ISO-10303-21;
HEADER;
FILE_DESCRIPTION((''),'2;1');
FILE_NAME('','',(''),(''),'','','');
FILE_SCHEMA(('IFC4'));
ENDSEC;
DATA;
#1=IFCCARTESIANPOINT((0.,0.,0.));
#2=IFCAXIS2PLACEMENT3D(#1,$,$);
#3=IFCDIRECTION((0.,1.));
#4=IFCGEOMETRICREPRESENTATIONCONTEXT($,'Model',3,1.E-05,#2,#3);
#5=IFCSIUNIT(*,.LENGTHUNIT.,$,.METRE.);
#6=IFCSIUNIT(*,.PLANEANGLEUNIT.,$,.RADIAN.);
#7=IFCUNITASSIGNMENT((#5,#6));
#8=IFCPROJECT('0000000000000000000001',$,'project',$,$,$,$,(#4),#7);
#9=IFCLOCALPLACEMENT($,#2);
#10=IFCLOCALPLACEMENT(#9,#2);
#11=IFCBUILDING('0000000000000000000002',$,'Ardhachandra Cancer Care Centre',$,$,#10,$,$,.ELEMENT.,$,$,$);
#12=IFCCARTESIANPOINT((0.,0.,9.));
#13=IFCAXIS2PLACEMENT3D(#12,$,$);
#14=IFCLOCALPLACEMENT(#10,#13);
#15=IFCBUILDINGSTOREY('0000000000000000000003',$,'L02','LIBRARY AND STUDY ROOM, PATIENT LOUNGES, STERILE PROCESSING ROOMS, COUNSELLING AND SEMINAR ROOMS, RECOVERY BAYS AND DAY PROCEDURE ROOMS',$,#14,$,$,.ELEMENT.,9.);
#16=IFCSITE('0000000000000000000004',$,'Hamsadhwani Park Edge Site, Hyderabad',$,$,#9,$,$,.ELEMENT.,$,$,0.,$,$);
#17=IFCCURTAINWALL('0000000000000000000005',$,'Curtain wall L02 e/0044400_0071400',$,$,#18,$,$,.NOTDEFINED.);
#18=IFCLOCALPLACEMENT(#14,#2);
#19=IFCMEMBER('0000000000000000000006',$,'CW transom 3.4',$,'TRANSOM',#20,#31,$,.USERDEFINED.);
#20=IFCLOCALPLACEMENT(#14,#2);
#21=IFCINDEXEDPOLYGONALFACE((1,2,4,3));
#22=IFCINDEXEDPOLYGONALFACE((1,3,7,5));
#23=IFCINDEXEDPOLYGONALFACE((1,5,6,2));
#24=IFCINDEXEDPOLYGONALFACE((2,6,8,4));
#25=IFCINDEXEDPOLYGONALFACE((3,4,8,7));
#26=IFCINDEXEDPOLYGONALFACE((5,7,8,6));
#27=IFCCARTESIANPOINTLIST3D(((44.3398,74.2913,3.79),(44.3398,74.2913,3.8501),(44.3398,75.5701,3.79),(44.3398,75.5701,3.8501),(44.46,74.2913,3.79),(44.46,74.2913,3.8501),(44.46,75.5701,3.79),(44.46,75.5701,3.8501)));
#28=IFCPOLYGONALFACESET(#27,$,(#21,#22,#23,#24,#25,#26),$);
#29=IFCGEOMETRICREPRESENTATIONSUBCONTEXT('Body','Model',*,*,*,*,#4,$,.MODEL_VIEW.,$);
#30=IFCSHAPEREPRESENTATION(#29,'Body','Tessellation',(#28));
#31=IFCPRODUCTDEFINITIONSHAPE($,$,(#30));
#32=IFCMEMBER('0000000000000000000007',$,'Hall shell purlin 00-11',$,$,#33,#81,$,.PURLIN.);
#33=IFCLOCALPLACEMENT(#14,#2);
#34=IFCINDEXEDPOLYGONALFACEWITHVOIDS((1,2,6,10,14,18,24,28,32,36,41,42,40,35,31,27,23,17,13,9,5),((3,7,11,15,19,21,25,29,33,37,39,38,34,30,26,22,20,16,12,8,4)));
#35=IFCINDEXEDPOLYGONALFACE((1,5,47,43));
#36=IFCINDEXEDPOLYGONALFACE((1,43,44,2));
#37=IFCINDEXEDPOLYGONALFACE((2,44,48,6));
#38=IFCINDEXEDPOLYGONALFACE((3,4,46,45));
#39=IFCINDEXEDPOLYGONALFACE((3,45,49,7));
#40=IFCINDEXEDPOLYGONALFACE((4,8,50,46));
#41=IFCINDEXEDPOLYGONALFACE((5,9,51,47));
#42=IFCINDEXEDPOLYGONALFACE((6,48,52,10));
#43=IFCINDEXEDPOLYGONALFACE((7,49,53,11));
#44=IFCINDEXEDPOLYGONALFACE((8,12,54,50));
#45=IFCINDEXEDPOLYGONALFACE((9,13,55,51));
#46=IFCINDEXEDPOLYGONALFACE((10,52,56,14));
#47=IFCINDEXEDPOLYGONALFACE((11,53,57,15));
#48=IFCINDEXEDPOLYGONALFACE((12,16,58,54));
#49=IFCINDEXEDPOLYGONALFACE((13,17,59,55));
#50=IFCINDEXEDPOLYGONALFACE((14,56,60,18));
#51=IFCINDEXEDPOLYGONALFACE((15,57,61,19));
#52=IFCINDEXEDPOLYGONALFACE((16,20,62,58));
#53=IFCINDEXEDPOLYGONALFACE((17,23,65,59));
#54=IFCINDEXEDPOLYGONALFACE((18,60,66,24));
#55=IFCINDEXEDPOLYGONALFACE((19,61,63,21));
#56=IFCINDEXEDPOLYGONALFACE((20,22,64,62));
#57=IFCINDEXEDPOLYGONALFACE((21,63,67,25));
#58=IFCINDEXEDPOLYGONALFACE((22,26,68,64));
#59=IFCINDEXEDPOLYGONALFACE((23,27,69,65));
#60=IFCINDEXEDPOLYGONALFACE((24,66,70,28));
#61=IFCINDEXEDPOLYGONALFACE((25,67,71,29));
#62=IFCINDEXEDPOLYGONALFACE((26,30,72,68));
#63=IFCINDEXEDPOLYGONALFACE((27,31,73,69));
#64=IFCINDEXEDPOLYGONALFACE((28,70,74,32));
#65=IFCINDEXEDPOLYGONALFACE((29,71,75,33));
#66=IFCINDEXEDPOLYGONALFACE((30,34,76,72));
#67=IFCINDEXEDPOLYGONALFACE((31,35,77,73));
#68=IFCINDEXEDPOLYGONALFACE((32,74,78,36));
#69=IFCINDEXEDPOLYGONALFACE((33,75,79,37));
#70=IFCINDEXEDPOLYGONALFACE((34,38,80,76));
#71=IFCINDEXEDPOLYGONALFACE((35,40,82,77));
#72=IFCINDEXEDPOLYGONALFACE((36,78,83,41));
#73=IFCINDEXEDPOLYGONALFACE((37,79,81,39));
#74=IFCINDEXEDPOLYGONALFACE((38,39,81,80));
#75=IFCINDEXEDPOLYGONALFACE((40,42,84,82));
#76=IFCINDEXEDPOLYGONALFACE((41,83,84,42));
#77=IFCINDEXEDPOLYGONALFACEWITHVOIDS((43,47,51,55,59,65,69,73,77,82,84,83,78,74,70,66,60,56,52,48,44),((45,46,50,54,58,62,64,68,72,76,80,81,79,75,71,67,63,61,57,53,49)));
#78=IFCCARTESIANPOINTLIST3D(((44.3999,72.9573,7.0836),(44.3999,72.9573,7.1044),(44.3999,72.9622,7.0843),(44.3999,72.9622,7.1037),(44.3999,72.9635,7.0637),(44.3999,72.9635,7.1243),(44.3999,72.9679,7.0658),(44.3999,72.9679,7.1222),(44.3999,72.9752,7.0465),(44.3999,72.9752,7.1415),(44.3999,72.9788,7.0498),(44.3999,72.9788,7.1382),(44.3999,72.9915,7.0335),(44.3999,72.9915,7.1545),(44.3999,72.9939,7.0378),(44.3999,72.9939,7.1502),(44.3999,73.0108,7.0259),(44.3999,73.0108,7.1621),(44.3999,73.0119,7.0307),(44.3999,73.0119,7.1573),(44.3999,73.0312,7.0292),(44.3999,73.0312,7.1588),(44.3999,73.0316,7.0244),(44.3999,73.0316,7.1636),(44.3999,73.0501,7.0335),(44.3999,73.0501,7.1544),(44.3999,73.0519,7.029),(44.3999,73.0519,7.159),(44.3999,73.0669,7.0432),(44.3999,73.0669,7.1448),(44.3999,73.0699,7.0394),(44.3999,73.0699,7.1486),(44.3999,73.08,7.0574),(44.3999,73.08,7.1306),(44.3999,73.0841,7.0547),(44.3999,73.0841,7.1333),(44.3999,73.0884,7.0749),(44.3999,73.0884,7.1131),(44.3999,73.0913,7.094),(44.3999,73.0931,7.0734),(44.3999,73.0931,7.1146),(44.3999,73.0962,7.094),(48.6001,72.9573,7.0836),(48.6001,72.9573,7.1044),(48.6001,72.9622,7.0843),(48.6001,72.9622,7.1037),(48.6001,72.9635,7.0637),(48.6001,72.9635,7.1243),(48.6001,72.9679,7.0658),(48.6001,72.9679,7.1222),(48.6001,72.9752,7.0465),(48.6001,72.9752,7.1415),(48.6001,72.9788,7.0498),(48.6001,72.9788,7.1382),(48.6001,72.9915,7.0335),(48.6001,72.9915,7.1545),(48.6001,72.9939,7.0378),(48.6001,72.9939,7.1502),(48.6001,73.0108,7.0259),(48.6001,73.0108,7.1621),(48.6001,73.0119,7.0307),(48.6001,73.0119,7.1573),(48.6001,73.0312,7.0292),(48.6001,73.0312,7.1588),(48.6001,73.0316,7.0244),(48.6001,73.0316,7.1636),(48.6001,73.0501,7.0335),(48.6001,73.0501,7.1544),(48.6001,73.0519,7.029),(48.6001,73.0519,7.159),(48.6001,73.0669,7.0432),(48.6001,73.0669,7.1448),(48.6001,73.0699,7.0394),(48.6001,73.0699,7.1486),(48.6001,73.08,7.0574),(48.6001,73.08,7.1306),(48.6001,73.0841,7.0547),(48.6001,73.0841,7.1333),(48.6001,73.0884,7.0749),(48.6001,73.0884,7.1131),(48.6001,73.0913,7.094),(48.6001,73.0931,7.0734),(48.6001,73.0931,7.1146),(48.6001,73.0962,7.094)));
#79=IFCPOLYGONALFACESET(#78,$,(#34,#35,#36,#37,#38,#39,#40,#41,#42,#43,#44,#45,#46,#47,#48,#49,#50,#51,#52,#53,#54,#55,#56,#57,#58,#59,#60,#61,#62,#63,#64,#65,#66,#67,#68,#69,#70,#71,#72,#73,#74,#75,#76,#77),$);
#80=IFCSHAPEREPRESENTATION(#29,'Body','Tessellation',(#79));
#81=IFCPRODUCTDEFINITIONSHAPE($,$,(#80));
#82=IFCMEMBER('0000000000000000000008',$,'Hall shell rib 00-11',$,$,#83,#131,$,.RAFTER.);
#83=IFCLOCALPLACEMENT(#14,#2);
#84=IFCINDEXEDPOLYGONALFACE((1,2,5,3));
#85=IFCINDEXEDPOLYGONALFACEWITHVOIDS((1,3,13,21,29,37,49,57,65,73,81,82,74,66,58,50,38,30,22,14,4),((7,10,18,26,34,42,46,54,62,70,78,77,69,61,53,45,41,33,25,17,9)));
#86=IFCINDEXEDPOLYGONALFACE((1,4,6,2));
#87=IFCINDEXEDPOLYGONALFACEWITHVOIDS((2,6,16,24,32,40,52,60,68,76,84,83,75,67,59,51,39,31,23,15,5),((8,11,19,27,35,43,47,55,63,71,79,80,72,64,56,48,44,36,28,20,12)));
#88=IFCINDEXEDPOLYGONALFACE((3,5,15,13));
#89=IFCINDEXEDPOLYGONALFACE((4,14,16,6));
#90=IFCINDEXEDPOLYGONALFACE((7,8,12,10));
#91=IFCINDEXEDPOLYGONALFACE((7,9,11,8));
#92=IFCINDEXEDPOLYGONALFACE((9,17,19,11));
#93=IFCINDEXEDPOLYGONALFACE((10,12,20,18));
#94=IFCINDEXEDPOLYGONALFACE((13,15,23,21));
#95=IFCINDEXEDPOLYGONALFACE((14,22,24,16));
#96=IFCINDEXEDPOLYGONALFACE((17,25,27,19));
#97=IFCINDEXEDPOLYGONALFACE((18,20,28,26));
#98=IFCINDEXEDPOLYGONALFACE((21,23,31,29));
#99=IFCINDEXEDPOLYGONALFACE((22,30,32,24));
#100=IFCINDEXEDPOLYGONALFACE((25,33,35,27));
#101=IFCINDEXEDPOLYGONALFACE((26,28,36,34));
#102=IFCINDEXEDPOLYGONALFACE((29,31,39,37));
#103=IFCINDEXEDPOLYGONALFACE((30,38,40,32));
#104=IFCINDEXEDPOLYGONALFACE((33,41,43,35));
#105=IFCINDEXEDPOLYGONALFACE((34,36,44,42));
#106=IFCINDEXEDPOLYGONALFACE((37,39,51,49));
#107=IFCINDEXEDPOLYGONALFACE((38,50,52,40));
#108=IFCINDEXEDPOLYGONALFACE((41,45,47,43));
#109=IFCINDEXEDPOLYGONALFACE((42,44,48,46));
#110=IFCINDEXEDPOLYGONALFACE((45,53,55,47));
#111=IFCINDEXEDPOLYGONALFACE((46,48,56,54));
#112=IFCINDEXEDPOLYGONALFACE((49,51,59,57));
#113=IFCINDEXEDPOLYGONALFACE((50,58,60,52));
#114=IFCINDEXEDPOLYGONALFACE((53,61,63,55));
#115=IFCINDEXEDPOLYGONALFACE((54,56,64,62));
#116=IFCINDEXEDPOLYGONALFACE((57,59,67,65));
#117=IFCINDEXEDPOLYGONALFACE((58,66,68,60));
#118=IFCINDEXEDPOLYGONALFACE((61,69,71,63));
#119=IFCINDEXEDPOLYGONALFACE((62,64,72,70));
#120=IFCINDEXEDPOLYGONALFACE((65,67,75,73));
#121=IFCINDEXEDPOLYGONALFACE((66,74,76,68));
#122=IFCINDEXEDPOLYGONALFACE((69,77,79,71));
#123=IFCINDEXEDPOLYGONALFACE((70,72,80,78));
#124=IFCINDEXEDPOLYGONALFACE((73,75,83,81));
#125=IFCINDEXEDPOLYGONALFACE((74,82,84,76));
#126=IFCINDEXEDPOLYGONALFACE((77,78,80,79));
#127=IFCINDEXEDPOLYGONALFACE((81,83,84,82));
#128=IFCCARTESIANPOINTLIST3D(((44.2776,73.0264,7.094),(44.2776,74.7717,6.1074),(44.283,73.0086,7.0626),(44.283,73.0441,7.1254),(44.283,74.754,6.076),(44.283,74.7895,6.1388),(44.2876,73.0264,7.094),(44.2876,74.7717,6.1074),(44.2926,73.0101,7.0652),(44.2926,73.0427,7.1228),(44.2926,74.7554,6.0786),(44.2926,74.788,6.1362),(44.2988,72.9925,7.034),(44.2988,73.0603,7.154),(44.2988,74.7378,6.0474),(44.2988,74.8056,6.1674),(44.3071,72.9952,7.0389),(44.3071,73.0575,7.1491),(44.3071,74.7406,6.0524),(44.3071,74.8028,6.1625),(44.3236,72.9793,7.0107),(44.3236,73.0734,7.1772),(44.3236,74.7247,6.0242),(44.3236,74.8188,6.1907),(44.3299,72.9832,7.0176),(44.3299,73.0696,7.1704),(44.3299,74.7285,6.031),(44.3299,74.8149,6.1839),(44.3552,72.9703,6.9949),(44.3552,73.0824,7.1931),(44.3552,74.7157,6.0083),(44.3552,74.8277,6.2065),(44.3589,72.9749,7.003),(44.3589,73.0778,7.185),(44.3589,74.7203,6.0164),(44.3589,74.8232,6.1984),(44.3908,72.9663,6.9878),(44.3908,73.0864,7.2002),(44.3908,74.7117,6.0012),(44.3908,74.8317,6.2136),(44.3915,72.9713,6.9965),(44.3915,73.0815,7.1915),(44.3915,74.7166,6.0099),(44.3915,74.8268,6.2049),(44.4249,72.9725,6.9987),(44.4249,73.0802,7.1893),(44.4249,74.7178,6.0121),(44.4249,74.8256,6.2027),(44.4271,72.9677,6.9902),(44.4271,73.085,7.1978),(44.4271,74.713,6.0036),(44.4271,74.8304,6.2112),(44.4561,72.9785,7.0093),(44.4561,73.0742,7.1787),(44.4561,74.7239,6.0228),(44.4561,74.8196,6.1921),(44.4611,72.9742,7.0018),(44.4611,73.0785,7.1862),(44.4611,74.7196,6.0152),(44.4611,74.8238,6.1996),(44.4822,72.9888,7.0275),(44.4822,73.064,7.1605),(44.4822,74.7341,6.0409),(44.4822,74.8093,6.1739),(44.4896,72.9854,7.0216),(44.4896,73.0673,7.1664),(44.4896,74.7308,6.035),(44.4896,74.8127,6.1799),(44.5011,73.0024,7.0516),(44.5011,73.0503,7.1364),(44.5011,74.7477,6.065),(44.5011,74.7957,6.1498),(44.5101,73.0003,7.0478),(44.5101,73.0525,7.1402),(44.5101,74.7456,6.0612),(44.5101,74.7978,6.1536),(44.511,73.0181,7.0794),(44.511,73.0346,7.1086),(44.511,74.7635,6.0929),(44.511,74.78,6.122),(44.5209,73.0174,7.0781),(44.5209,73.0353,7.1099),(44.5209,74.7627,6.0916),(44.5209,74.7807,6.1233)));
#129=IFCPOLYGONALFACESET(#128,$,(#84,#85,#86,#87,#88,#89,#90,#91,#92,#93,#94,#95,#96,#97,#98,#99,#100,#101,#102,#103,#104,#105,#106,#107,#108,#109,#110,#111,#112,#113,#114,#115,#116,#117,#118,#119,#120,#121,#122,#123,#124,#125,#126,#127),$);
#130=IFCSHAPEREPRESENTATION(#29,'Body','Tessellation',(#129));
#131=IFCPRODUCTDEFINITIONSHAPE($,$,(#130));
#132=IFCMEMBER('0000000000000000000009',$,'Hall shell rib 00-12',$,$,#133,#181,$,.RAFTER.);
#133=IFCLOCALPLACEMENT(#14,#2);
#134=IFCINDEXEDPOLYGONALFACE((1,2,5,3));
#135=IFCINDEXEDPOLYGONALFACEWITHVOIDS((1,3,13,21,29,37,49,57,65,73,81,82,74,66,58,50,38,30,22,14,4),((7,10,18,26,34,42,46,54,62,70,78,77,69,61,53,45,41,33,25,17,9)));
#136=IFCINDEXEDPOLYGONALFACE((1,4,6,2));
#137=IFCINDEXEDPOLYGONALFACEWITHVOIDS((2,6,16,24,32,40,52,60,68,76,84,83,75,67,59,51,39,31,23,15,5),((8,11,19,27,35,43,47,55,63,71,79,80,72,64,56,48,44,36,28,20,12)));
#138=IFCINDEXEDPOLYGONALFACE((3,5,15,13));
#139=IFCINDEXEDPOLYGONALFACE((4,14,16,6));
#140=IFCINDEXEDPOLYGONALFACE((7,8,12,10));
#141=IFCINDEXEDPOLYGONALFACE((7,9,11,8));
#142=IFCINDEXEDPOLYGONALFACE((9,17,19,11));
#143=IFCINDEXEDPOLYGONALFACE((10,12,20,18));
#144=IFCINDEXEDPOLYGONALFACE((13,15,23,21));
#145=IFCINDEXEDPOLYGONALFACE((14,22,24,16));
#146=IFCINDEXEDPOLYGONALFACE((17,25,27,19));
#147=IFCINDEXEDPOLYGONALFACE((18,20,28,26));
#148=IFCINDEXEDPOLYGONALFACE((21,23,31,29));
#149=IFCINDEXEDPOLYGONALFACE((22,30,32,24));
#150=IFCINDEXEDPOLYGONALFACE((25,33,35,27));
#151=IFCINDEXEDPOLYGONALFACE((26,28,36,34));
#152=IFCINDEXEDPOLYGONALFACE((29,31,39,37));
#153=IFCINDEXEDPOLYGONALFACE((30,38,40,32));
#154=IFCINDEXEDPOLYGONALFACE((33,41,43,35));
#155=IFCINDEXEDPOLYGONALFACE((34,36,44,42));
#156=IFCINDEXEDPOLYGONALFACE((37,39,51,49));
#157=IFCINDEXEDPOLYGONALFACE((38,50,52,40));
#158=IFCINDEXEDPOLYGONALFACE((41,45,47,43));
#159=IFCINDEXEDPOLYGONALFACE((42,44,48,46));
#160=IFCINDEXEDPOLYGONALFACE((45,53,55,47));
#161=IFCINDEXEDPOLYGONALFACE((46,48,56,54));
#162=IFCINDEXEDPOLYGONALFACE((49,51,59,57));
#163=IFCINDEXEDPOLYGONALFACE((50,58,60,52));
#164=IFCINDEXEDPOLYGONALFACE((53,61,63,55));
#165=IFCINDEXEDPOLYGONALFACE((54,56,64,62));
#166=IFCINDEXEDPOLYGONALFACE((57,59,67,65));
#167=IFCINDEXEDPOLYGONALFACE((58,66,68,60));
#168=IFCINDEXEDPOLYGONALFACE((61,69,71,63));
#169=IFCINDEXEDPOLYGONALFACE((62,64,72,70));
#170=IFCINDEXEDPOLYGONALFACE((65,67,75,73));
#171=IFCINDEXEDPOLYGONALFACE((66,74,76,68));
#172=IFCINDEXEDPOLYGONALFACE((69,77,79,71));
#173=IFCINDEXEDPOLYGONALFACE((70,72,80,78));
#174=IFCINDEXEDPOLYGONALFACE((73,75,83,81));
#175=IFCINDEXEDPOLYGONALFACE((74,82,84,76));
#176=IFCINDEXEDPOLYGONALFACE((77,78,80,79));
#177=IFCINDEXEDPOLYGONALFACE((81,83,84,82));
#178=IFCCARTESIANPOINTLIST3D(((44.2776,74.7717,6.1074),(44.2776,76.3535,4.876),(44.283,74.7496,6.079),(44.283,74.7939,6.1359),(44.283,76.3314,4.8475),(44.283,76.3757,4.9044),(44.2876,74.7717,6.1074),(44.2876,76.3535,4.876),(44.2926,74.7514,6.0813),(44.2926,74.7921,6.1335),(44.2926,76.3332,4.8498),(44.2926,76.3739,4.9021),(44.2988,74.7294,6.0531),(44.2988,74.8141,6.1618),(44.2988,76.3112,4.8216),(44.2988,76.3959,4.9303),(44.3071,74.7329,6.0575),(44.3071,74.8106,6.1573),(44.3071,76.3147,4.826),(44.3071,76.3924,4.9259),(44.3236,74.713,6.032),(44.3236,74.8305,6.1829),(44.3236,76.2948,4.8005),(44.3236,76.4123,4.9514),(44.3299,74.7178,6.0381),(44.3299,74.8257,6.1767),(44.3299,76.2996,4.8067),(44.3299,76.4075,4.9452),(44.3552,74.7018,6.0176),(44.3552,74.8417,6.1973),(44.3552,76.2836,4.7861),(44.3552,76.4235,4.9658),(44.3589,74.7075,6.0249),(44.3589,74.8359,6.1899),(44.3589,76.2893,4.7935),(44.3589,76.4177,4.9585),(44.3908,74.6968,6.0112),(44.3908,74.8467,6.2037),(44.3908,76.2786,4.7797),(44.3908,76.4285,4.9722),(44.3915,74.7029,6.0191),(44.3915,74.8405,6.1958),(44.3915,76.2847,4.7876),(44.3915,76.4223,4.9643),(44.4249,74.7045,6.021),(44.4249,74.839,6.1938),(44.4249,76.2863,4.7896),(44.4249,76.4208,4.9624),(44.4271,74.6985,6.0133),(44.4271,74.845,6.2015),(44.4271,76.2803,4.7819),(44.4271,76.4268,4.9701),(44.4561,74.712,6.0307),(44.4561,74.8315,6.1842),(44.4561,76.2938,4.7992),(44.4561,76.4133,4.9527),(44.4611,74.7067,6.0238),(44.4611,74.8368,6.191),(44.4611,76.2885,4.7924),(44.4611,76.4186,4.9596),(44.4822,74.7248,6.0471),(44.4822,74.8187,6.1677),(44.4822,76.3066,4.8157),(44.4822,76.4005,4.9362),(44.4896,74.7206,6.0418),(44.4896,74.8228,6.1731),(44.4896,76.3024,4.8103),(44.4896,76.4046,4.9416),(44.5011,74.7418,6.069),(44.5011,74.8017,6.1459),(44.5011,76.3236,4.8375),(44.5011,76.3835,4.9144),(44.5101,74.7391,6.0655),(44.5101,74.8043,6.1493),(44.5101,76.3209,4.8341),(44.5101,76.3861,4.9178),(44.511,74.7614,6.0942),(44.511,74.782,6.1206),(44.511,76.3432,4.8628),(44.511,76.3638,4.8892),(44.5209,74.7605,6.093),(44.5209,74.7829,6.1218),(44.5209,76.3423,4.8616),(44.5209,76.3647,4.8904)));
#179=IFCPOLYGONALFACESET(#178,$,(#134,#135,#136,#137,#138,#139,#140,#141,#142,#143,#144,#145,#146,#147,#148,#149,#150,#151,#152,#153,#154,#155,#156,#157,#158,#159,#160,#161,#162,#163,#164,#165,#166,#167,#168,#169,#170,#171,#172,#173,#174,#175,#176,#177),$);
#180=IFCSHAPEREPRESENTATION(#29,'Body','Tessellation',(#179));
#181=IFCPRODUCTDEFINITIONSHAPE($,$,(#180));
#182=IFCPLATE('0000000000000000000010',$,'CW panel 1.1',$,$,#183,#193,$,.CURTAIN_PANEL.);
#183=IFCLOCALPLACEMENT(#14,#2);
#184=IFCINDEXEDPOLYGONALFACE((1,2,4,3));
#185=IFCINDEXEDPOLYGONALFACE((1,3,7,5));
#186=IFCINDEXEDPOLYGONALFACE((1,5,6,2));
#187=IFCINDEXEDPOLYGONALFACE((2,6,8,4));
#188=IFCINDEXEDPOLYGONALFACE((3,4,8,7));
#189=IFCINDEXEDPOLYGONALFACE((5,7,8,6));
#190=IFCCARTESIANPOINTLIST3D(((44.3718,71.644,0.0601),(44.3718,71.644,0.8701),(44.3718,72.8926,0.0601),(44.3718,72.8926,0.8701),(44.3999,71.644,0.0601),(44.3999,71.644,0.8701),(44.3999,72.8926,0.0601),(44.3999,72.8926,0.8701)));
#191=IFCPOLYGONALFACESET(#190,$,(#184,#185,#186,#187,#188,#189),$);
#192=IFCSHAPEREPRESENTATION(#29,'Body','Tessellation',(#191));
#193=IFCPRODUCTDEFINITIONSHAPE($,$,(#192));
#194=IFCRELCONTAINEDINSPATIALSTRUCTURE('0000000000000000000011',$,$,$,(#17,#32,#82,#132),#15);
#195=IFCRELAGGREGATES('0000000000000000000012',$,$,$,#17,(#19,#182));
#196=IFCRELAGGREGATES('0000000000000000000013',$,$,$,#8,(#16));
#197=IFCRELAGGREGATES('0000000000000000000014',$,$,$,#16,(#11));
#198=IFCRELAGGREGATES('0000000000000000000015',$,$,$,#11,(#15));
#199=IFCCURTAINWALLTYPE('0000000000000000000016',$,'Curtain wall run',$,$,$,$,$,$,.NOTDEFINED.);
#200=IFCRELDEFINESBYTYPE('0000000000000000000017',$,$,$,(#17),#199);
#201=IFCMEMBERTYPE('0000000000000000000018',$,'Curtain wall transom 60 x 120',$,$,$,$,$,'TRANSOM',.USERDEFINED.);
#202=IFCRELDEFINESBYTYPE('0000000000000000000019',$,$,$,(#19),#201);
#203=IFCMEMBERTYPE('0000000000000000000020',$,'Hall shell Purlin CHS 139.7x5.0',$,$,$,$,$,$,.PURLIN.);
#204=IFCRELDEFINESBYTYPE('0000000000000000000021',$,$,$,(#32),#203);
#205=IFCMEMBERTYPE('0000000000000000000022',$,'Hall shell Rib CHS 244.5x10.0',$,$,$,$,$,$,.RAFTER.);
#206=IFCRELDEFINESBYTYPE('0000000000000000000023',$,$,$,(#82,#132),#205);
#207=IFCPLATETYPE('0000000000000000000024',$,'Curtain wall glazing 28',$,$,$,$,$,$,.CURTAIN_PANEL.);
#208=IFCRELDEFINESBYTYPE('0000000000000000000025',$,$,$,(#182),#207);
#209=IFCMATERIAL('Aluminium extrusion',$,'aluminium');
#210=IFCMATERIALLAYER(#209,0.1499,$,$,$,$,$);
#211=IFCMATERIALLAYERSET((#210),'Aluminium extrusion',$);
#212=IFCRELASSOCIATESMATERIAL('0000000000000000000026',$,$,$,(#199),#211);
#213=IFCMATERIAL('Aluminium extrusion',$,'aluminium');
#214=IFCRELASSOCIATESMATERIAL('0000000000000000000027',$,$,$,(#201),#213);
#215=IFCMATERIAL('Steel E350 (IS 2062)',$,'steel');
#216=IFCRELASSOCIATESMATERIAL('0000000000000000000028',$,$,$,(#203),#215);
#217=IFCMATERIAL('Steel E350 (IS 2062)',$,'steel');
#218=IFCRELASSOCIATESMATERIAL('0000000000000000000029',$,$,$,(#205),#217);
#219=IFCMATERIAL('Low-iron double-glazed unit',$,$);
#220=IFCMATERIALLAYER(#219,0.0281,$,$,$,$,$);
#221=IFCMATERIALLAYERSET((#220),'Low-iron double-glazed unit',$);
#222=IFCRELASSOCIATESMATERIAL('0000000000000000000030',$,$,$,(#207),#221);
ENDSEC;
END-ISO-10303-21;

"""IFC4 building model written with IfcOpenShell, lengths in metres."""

from ifc_helpers import new_model, si_unit, direction, frame, origin, origin_2d, place, context, subcontext, project, spatial, polyline, rectangle, hollow_circle, outline, extrude, material, layer, layer_set, material_profile, profile_set, type_object, element, aggregate, save


model = new_model("IFC4")

# Units and contexts
model_context = context("Model", 3, precision=1e-05, world=origin(), true_north=direction((0.0, 1.0)))
body_context = subcontext(model_context, "Body", "Model", "MODEL_VIEW")
ifc_project = project(units=[si_unit("LENGTHUNIT", "METRE"), si_unit("PLANEANGLEUNIT", "RADIAN")], contexts=[model_context])

# Site, building, storey
site_placement = place(None, origin())
site = spatial("IfcSite", under=ifc_project, at=site_placement, Name="Hamsadhwani Park Edge Site, Hyderabad", CompositionType="ELEMENT", RefElevation=0.0)
building_placement = place(site_placement, origin())
building = spatial("IfcBuilding", under=site, at=building_placement, Name="Ardhachandra Cancer Care Centre", CompositionType="ELEMENT")
storey_placement = place(building_placement, frame((0.0, 0.0, 9.0)))
storey = spatial("IfcBuildingStorey", under=building, at=storey_placement, Name="L02", Description="LIBRARY AND STUDY ROOM, PATIENT LOUNGES, STERILE PROCESSING ROOMS, COUNSELLING AND SEMINAR ROOMS, RECOVERY BAYS AND DAY PROCEDURE ROOMS", CompositionType="ELEMENT", Elevation=9.0)

# Curtain wall
ifc_material_1 = material(Name="Aluminium extrusion", Category="aluminium")
ifc_layer_1 = layer(ifc_material_1, 0.1499)
ifc_layer_set_1 = layer_set([ifc_layer_1], Name="Aluminium extrusion")
curtain_wall_type = type_object("IfcCurtainWallType", Name="Curtain wall run", PredefinedType="NOTDEFINED", material=ifc_layer_set_1)
curtain_wall_1_placement = place(storey_placement, origin())
curtain_wall_1 = element("IfcCurtainWall", 1, at=curtain_wall_1_placement, inside=storey, type_object=curtain_wall_type, Name="Curtain wall L02 e/0044400_0071400", PredefinedType="NOTDEFINED")

# Member
ifc_material_2 = material(Name="Aluminium extrusion", Category="aluminium")
ifc_material_profile_1 = material_profile(ifc_material_2, rectangle(XDim=0.1201, YDim=0.0601, at=origin_2d()), Name="Curtain wall transom 60 x 120")
ifc_profile_set_1 = profile_set([ifc_material_profile_1], Name="Aluminium extrusion")
member_type_1 = type_object("IfcMemberType", Name="Curtain wall transom 60 x 120", ElementType="TRANSOM", PredefinedType="USERDEFINED", material=ifc_profile_set_1)
member_1_placement = place(storey_placement, frame((44.3999, 74.2913, 3.8201), z_axis=(0.0, 1.0, 0.0), x_axis=(-1.0, 0.0, 0.0)))
member_1 = element("IfcMember", 2, at=member_1_placement, type_object=member_type_1, Name="CW transom 3.4", ObjectType="TRANSOM", PredefinedType="USERDEFINED", context=body_context, shape_type="SweptSolid", body=[
    extrude(rectangle(XDim=0.1201, YDim=0.0601, at=origin_2d()), origin(), (0.0, 0.0, 1.0), 1.2788),
])

# Members
ifc_material_3 = material(Name="Steel E350 (IS 2062)", Category="steel")
ifc_material_profile_2 = material_profile(ifc_material_3, hollow_circle(Radius=0.0698, WallThickness=0.0049, at=origin_2d()), Name="CHS 139.7x5.0")
ifc_profile_set_2 = profile_set([ifc_material_profile_2], Name="Steel E350 (IS 2062)")
member_type_2 = type_object("IfcMemberType", Name="Hall shell Purlin CHS 139.7x5.0", PredefinedType="PURLIN", material=ifc_profile_set_2)
member_2_placement = place(storey_placement, frame((44.3999, 73.0264, 7.094), z_axis=(1.0, 0.0, 0.0), x_axis=(0.0, 1.0, 0.0)))
element("IfcMember", 3, at=member_2_placement, inside=storey, type_object=member_type_2, Name="Hall shell purlin 00-11", PredefinedType="PURLIN", context=body_context, shape_type="SweptSolid", body=[
    extrude(hollow_circle(Radius=0.0698, WallThickness=0.0049, at=origin_2d()), origin(), (0.0, 0.0, 1.0), 4.2002),
])
ifc_material_4 = material(Name="Steel E350 (IS 2062)", Category="steel")
ifc_material_profile_3 = material_profile(ifc_material_4, hollow_circle(Radius=0.1223, WallThickness=0.01, at=origin_2d()), Name="CHS 244.5x10.0")
ifc_profile_set_3 = profile_set([ifc_material_profile_3], Name="Steel E350 (IS 2062)")
member_type_3 = type_object("IfcMemberType", Name="Hall shell Rib CHS 244.5x10.0", PredefinedType="RAFTER", material=ifc_profile_set_3)
member_3_placement = place(storey_placement, frame((44.3999, 73.0264, 7.094), z_axis=(0.0, 0.870549, -0.492081), x_axis=(-1.0, 0.0, 0.0)))
element("IfcMember", 4, at=member_3_placement, inside=storey, type_object=member_type_3, Name="Hall shell rib 00-11", PredefinedType="RAFTER", context=body_context, shape_type="SweptSolid", body=[
    extrude(hollow_circle(Radius=0.1223, WallThickness=0.01, at=origin_2d()), origin(), (0.0, 0.0, 1.0), 2.0049),
])
member_4_placement = place(storey_placement, frame((44.3999, 74.7717, 6.1074), z_axis=(0.0, 0.78907, -0.614303), x_axis=(-1.0, 0.0, 0.0)))
element("IfcMember", 5, at=member_4_placement, inside=storey, type_object=member_type_3, Name="Hall shell rib 00-12", PredefinedType="RAFTER", context=body_context, shape_type="SweptSolid", body=[
    extrude(hollow_circle(Radius=0.1223, WallThickness=0.01, at=origin_2d()), origin(), (0.0, 0.0, 1.0), 2.0046),
])

# Plate
ifc_material_5 = material(Name="Low-iron double-glazed unit")
ifc_layer_2 = layer(ifc_material_5, 0.0281)
ifc_layer_set_2 = layer_set([ifc_layer_2], Name="Low-iron double-glazed unit")
plate_type_1 = type_object("IfcPlateType", Name="Curtain wall glazing 28", PredefinedType="CURTAIN_PANEL", material=ifc_layer_set_2)
plate_1_placement = place(storey_placement, frame((44.3999, 71.644, 0.0601), z_axis=(-1.0, 0.0, 0.0), x_axis=(0.0, 0.0, 1.0)))
plate_1 = element("IfcPlate", 6, at=plate_1_placement, type_object=plate_type_1, Name="CW panel 1.1", PredefinedType="CURTAIN_PANEL", context=body_context, shape_type="SweptSolid", body=[
    extrude(outline(polyline([(0.0, 0.0), (0.8101, 0.0), (0.8101, 1.2485), (0.0, 1.2485), (0.0, 0.0)])), origin(), (0.0, 0.0, 1.0), 0.0281),
])
aggregate(curtain_wall_1, [member_1, plate_1])

save(model, "model.ifc")
